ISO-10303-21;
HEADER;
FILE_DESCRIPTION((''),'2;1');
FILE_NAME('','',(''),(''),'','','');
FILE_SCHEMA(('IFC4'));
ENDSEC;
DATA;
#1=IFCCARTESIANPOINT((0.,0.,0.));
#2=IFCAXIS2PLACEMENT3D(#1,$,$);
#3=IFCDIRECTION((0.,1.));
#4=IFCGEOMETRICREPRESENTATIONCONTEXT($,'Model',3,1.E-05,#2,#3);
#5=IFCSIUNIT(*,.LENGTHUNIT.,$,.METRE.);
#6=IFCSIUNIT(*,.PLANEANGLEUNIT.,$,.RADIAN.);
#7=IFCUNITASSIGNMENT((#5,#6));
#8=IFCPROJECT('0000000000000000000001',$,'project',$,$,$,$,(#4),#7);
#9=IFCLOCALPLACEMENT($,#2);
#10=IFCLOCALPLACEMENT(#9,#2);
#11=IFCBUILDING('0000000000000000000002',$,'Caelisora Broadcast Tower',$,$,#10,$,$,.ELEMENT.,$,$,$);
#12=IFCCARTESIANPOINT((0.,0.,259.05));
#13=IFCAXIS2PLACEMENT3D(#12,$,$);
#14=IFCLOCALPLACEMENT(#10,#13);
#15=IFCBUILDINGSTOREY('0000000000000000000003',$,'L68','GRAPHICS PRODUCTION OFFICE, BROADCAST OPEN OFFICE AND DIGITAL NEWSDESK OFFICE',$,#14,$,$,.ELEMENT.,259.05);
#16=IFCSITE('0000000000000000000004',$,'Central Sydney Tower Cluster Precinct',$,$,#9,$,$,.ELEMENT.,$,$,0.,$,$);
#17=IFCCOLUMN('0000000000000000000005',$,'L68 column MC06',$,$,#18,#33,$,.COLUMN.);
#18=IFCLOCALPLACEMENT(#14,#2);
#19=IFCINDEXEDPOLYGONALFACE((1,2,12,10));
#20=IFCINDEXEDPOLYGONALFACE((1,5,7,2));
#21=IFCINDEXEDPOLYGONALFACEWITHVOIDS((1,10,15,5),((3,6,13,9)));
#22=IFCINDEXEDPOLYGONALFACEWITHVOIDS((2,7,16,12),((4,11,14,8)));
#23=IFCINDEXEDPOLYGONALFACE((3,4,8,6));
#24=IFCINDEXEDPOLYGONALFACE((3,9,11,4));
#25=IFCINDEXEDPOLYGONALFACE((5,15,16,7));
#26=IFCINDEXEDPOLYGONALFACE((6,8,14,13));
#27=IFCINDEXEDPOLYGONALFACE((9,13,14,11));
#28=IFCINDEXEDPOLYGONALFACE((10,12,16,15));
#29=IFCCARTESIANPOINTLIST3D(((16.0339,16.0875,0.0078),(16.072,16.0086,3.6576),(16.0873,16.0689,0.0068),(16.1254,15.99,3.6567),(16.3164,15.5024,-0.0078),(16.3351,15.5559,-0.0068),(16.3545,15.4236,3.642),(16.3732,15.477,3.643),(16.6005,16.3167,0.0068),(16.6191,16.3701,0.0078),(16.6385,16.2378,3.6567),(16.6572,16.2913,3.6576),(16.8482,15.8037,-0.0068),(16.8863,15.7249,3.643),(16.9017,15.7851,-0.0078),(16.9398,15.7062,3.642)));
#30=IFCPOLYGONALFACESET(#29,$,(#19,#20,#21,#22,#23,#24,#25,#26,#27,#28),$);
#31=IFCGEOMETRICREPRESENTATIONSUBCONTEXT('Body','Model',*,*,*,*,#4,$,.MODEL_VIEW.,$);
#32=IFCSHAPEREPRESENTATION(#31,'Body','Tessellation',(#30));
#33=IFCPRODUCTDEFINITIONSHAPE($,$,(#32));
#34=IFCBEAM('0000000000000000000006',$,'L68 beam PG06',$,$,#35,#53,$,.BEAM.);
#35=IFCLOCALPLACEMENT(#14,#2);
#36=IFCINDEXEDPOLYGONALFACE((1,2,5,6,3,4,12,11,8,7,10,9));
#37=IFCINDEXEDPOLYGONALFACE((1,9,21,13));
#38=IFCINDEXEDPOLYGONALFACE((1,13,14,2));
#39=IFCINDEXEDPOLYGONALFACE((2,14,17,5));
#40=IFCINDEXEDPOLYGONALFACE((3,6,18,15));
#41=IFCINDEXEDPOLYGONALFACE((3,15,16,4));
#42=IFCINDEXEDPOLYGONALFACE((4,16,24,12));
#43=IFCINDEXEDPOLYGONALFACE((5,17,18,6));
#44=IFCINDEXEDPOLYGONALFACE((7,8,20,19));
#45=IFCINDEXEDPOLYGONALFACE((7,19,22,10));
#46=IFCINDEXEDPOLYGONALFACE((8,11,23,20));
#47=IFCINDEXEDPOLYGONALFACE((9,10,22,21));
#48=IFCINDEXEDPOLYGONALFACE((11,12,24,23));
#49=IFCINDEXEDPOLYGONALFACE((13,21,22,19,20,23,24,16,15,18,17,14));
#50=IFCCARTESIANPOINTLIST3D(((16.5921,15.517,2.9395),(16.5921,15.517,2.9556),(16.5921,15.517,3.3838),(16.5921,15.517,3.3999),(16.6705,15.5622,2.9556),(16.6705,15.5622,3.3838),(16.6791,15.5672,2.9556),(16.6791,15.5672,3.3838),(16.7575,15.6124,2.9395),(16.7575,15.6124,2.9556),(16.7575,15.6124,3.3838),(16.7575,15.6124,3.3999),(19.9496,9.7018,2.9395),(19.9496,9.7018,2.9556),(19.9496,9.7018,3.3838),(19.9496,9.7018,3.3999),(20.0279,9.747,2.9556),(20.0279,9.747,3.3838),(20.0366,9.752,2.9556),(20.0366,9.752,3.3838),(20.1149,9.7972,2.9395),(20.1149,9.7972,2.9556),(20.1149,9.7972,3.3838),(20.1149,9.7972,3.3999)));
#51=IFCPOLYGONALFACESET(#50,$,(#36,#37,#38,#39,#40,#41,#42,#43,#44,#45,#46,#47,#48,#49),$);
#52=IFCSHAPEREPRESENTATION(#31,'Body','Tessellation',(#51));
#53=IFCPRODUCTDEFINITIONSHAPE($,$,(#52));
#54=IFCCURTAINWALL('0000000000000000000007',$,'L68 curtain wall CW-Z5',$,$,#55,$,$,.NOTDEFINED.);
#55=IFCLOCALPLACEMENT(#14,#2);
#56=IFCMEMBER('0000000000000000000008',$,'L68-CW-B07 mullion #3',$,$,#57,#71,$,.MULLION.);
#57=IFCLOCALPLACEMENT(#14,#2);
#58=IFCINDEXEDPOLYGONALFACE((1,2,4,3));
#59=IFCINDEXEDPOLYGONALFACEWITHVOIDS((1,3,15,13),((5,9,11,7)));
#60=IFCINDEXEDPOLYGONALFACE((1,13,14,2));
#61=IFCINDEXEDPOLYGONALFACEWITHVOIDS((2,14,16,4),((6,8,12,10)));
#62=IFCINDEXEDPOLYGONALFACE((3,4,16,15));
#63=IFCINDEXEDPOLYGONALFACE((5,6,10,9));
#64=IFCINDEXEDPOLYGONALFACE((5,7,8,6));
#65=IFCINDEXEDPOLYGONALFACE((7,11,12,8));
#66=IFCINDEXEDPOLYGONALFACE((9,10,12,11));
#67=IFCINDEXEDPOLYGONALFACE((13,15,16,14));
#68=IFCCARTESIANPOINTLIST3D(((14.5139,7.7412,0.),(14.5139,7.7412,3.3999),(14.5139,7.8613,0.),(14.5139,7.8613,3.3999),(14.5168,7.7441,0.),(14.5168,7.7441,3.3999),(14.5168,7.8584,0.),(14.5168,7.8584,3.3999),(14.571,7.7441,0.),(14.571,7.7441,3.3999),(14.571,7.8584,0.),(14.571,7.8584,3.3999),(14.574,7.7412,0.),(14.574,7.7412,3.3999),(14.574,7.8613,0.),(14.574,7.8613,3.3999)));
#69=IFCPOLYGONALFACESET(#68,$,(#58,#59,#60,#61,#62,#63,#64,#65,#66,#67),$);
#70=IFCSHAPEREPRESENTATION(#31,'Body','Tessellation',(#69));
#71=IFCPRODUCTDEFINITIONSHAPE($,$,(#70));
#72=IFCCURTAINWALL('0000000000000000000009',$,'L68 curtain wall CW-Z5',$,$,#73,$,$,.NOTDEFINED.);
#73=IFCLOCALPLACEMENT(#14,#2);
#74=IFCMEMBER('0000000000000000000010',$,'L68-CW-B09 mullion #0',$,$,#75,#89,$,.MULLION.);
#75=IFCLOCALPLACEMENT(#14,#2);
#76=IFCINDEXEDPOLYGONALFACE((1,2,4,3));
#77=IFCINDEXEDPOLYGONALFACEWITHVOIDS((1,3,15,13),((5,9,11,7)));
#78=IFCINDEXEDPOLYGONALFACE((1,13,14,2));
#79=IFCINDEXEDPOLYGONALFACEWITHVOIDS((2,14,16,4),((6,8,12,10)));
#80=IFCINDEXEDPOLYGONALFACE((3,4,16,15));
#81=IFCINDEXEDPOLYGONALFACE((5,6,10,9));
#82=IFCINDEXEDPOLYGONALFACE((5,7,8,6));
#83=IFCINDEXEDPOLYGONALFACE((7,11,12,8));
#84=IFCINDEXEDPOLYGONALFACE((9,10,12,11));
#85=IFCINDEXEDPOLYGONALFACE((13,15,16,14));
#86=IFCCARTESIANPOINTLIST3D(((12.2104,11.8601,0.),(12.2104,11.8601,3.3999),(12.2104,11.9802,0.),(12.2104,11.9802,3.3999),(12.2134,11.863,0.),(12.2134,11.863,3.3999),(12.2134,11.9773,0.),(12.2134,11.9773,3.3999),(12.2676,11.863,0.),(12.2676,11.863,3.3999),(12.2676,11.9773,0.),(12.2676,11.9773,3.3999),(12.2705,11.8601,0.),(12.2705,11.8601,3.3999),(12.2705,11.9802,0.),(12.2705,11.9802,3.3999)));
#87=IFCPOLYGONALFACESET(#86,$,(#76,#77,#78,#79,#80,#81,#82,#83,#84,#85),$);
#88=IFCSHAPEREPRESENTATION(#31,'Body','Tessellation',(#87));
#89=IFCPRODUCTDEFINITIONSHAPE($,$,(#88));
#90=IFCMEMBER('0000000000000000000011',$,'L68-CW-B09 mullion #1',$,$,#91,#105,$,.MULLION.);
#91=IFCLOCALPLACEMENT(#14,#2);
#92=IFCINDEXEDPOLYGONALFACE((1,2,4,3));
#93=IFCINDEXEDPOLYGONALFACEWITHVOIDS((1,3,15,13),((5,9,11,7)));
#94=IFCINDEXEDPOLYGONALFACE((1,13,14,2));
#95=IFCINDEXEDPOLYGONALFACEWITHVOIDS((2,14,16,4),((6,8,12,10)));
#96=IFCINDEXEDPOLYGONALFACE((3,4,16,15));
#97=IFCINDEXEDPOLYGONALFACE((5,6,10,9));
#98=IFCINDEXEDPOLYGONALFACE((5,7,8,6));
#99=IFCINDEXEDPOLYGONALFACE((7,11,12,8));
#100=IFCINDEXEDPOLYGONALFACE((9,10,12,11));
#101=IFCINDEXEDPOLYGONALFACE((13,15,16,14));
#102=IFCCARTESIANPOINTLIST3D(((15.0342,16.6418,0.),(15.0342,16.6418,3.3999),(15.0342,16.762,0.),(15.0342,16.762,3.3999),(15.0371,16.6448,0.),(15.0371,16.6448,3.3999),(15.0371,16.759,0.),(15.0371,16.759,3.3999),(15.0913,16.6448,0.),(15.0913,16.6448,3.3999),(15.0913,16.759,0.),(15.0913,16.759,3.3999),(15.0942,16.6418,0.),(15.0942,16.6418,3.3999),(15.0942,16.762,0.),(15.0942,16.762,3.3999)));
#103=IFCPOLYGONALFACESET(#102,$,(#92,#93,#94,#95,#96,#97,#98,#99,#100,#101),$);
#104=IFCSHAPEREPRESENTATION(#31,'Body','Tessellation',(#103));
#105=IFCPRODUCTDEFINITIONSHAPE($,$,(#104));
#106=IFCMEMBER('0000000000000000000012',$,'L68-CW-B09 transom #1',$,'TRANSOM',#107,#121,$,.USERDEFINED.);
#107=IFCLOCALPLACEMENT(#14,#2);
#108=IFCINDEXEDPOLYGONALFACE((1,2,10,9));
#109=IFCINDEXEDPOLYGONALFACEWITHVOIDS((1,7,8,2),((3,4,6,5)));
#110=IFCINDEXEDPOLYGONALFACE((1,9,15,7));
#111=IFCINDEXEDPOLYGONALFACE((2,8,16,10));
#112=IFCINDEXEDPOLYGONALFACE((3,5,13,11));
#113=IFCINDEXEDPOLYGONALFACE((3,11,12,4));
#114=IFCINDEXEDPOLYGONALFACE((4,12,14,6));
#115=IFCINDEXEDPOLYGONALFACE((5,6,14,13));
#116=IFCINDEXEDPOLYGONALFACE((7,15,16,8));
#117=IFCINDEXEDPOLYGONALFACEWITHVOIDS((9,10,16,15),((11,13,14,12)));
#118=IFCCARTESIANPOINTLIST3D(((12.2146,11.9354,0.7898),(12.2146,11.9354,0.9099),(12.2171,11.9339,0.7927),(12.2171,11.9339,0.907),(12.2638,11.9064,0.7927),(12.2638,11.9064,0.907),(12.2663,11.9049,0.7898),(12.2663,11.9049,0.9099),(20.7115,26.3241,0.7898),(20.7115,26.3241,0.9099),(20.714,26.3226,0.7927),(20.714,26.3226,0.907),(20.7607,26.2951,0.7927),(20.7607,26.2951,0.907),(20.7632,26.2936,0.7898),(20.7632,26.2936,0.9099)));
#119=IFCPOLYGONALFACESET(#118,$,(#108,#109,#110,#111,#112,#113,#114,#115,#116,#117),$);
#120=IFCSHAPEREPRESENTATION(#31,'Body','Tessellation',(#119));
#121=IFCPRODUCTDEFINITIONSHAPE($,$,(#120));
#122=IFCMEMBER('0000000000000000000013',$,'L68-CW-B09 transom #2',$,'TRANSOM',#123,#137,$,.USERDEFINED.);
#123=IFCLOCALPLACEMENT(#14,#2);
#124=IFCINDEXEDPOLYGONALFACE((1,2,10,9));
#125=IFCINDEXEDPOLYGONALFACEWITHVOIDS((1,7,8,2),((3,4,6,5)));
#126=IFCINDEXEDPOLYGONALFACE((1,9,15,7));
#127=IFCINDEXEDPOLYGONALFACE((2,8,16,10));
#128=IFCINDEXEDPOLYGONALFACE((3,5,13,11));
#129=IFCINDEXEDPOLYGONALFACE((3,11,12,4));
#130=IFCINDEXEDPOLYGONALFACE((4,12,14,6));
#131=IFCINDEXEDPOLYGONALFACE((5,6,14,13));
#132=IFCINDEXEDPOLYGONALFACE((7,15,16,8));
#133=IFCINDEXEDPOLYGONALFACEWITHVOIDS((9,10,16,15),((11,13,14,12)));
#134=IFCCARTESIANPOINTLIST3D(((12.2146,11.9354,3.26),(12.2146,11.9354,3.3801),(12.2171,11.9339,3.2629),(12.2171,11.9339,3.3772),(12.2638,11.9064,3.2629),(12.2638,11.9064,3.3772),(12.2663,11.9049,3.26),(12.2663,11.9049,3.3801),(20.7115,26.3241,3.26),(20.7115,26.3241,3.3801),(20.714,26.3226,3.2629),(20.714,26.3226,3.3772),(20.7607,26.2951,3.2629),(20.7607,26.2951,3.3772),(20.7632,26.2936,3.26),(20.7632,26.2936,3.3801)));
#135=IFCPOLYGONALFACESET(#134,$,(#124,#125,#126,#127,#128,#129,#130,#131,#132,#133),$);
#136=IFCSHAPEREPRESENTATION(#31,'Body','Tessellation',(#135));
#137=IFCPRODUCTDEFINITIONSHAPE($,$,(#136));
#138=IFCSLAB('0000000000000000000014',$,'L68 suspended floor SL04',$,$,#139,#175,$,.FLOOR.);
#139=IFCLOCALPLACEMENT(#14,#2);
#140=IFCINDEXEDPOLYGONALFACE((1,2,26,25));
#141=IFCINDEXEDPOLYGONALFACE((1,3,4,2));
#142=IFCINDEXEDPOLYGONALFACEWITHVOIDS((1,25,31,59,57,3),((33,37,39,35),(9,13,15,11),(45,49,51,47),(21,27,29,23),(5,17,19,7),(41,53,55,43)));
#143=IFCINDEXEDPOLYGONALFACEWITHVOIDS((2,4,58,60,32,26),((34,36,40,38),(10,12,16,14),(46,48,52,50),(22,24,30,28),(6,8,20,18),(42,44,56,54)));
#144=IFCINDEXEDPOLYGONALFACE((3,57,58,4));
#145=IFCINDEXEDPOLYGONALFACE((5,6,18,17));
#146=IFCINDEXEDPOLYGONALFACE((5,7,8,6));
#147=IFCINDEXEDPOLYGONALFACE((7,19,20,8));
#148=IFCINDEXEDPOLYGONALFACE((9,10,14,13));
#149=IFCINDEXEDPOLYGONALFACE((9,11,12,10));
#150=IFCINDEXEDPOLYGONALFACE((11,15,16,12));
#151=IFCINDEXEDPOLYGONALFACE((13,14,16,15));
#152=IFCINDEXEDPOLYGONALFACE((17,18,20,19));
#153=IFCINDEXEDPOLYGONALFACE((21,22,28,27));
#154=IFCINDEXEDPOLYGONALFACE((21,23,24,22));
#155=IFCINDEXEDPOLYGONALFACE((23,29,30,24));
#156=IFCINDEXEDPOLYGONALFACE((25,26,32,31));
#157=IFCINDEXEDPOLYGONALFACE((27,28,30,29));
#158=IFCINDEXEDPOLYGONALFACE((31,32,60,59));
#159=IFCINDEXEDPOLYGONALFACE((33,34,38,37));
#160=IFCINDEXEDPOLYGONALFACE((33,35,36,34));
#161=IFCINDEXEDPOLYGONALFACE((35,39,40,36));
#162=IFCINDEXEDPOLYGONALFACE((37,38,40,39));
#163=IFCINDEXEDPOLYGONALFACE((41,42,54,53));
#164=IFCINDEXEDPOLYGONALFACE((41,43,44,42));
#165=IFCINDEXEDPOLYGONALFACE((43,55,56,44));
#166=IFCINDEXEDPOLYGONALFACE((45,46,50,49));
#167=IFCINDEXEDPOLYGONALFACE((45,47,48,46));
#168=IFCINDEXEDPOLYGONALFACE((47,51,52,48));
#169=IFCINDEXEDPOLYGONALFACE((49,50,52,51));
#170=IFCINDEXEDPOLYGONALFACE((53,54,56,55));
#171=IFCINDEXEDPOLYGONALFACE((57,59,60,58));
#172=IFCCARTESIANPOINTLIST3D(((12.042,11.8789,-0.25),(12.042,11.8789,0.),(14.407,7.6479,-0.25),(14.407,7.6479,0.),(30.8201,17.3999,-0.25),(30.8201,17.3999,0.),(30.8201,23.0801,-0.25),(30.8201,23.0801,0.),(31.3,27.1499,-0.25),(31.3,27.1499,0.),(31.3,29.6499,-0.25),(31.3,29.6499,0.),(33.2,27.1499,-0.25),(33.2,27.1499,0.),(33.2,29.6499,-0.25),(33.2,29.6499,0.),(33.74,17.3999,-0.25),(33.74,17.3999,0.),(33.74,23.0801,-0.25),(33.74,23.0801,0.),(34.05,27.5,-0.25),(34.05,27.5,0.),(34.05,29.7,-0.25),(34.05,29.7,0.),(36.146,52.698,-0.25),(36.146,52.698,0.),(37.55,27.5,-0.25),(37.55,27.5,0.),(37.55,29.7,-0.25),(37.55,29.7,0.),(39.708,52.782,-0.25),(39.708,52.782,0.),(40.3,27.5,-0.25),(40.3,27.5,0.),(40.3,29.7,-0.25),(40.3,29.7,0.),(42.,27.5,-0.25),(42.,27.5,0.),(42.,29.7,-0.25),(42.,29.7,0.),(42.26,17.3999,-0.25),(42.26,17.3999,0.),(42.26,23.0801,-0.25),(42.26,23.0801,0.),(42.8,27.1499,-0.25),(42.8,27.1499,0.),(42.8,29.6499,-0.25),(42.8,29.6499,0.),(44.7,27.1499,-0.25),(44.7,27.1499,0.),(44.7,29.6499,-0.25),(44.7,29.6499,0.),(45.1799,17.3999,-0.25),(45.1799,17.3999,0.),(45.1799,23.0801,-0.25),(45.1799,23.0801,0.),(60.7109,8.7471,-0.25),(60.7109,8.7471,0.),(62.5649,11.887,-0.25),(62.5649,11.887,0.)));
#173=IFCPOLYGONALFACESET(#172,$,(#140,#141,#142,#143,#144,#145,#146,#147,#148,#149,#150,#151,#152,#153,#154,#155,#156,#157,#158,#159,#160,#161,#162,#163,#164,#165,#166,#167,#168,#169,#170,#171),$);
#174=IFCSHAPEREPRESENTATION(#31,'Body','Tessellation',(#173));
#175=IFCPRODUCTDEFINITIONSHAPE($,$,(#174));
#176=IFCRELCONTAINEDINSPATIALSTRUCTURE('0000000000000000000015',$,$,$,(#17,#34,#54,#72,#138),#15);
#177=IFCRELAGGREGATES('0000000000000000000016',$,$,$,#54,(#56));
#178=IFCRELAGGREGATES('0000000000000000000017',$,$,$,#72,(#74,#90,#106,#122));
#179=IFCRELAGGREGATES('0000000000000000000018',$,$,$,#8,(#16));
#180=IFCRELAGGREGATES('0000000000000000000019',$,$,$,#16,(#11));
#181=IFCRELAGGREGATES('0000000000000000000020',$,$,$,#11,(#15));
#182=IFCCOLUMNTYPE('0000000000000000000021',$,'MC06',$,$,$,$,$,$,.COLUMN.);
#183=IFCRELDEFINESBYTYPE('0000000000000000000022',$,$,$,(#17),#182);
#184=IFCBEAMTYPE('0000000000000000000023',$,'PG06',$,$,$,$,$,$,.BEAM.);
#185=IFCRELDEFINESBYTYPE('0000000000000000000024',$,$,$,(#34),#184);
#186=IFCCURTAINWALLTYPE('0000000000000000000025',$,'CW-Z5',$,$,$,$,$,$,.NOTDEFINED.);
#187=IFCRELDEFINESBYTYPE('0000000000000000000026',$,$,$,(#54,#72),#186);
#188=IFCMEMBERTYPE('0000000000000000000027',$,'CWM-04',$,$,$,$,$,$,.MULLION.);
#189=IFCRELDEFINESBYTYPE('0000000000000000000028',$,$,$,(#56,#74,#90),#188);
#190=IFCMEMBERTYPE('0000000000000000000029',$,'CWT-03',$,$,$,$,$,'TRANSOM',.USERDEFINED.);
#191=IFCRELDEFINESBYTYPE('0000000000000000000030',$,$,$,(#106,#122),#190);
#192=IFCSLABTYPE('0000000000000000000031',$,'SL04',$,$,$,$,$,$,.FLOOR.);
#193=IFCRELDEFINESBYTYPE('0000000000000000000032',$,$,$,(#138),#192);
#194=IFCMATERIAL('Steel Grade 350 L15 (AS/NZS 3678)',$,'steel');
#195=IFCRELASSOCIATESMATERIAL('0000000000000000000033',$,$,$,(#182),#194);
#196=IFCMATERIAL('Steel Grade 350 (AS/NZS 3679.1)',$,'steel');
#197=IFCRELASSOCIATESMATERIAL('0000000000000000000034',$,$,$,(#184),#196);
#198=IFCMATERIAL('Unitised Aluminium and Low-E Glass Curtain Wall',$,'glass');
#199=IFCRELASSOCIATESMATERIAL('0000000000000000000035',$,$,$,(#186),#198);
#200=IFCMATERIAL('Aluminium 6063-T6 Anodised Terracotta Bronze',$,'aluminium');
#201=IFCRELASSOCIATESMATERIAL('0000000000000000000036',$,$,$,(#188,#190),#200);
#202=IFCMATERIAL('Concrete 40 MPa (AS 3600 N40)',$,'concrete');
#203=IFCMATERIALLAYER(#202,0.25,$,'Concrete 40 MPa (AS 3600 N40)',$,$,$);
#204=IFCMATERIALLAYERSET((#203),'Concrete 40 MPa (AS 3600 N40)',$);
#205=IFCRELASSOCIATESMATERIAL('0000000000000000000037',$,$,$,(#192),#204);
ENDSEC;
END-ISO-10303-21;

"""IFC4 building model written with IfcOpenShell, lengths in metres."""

from ifc_helpers import new_model, si_unit, direction, frame, origin, origin_2d, place, context, subcontext, project, spatial, polyline, hollow_rectangle, i_section, outline, extrude, source, transform, mapped, material, layer, layer_set, material_profile, profile_set, type_object, type_shapes, element, aggregate, save


model = new_model("IFC4")

# Units and contexts
model_context = context("Model", 3, precision=1e-05, world=origin(), true_north=direction((0.0, 1.0)))
body_context = subcontext(model_context, "Body", "Model", "MODEL_VIEW")
ifc_project = project(units=[si_unit("LENGTHUNIT", "METRE"), si_unit("PLANEANGLEUNIT", "RADIAN")], contexts=[model_context])

# Site, building, storey
site_placement = place(None, origin())
site = spatial("IfcSite", under=ifc_project, at=site_placement, Name="Central Sydney Tower Cluster Precinct", CompositionType="ELEMENT", RefElevation=0.0)
building_placement = place(site_placement, origin())
building = spatial("IfcBuilding", under=site, at=building_placement, Name="Caelisora Broadcast Tower", CompositionType="ELEMENT")
storey_placement = place(building_placement, frame((0.0, 0.0, 259.05)))
storey = spatial("IfcBuildingStorey", under=building, at=storey_placement, Name="L68", Description="GRAPHICS PRODUCTION OFFICE, BROADCAST OPEN OFFICE AND DIGITAL NEWSDESK OFFICE", CompositionType="ELEMENT", Elevation=259.05)

# Column
ifc_material_1 = material(Name="Steel Grade 350 L15 (AS/NZS 3678)", Category="steel")
ifc_material_profile_1 = material_profile(ifc_material_1, hollow_rectangle(XDim=0.6499, YDim=0.6499, WallThickness=0.04, at=origin_2d()), Name="Steel Grade 350 L15 (AS/NZS 3678)")
ifc_profile_set_1 = profile_set([ifc_material_profile_1], Name="Steel Grade 350 L15 (AS/NZS 3678)")
column_type = type_object("IfcColumnType", Name="MC06", PredefinedType="COLUMN", material=ifc_profile_set_1)
shared_shape_1 = source(origin(), body_context, "Body", "SweptSolid", [
    extrude(hollow_rectangle(XDim=0.6499, YDim=0.6499, WallThickness=0.04, at=origin_2d()), origin(), (0.0, 0.0, 1.0), 3.6509),
])
type_shapes(column_type, [shared_shape_1])
column_placement = place(storey_placement, frame((16.4678, 15.9363, 0.0), z_axis=(0.010432, -0.021599, 0.999712), x_axis=(0.900476, 0.434905, 0.0)))
element("IfcColumn", 1, at=column_placement, inside=storey, type_object=column_type, Name="L68 column MC06", PredefinedType="COLUMN", context=body_context, shape_type="MappedRepresentation", body=[
    mapped(shared_shape_1, transform((0.0, 0.0, 0.0), scale=1.0)),
])

# Beam
ifc_material_2 = material(Name="Steel Grade 350 (AS/NZS 3679.1)", Category="steel")
ifc_material_profile_2 = material_profile(ifc_material_2, i_section(OverallWidth=0.1909, OverallDepth=0.4604, WebThickness=0.01, FlangeThickness=0.0161, at=origin_2d()), Name="Steel Grade 350 (AS/NZS 3679.1)")
ifc_profile_set_2 = profile_set([ifc_material_profile_2], Name="Steel Grade 350 (AS/NZS 3679.1)")
beam_type = type_object("IfcBeamType", Name="PG06", PredefinedType="BEAM", material=ifc_profile_set_2)
shared_shape_2 = source(origin(), body_context, "Body", "SweptSolid", [
    extrude(i_section(OverallWidth=0.1909, OverallDepth=0.4604, WebThickness=0.01, FlangeThickness=0.0161, at=origin_2d()), origin(), (0.0, 0.0, 1.0), 6.7148),
])
type_shapes(beam_type, [shared_shape_2])
beam_placement = place(storey_placement, frame((16.6748, 15.5647, 3.1697), z_axis=(0.500003, -0.866024, 0.0), x_axis=(0.866024, 0.500003, 0.0)))
element("IfcBeam", 2, at=beam_placement, inside=storey, type_object=beam_type, Name="L68 beam PG06", PredefinedType="BEAM", context=body_context, shape_type="MappedRepresentation", body=[
    mapped(shared_shape_2, transform((0.0, 0.0, 0.0), scale=1.0)),
])

# Curtain wall, member
ifc_material_3 = material(Name="Unitised Aluminium and Low-E Glass Curtain Wall", Category="glass")
curtain_wall_type = type_object("IfcCurtainWallType", Name="CW-Z5", PredefinedType="NOTDEFINED", material=ifc_material_3)
curtain_wall_1_placement = place(storey_placement, origin())
curtain_wall_1 = element("IfcCurtainWall", 3, at=curtain_wall_1_placement, inside=storey, type_object=curtain_wall_type, Name="L68 curtain wall CW-Z5", PredefinedType="NOTDEFINED")
ifc_material_4 = material(Name="Aluminium 6063-T6 Anodised Terracotta Bronze", Category="aluminium")
ifc_material_profile_3 = material_profile(ifc_material_4, hollow_rectangle(XDim=0.0601, YDim=0.1201, WallThickness=0.0029, at=origin_2d()), Name="Aluminium 6063-T6 Anodised Terracotta Bronze")
ifc_profile_set_3 = profile_set([ifc_material_profile_3], Name="Aluminium 6063-T6 Anodised Terracotta Bronze")
member_type_1 = type_object("IfcMemberType", Name="CWM-04", PredefinedType="MULLION", material=ifc_profile_set_3)
shared_shape_3 = source(origin(), body_context, "Body", "SweptSolid", [
    extrude(hollow_rectangle(XDim=0.0601, YDim=0.1201, WallThickness=0.0029, at=origin_2d()), origin(), (0.0, 0.0, 1.0), 3.3999),
])
type_shapes(member_type_1, [shared_shape_3])
member_1_placement = place(storey_placement, frame((14.5439, 7.8013, 0.0), z_axis=(0.0, 0.0, 1.0), x_axis=(1.0, 0.0, 0.0)))
member_1 = element("IfcMember", 4, at=member_1_placement, type_object=member_type_1, Name="L68-CW-B07 mullion #3", PredefinedType="MULLION", context=body_context, shape_type="MappedRepresentation", body=[
    mapped(shared_shape_3, transform((0.0, 0.0, 0.0), scale=1.0)),
])
aggregate(curtain_wall_1, [member_1])

# Curtain wall, members
curtain_wall_2_placement = place(storey_placement, origin())
curtain_wall_2 = element("IfcCurtainWall", 5, at=curtain_wall_2_placement, inside=storey, type_object=curtain_wall_type, Name="L68 curtain wall CW-Z5", PredefinedType="NOTDEFINED")
member_2_placement = place(storey_placement, frame((12.2405, 11.9202, 0.0), z_axis=(0.0, 0.0, 1.0), x_axis=(1.0, 0.0, 0.0)))
member_2 = element("IfcMember", 6, at=member_2_placement, type_object=member_type_1, Name="L68-CW-B09 mullion #0", PredefinedType="MULLION", context=body_context, shape_type="MappedRepresentation", body=[
    mapped(shared_shape_3, transform((0.0, 0.0, 0.0), scale=1.0)),
])
member_3_placement = place(storey_placement, frame((15.0642, 16.7019, 0.0), z_axis=(0.0, 0.0, 1.0), x_axis=(1.0, 0.0, 0.0)))
member_3 = element("IfcMember", 7, at=member_3_placement, type_object=member_type_1, Name="L68-CW-B09 mullion #1", PredefinedType="MULLION", context=body_context, shape_type="MappedRepresentation", body=[
    mapped(shared_shape_3, transform((0.0, 0.0, 0.0), scale=1.0)),
])
ifc_material_profile_4 = material_profile(ifc_material_4, hollow_rectangle(XDim=0.0601, YDim=0.1201, WallThickness=0.0029, at=origin_2d()), Name="Aluminium 6063-T6 Anodised Terracotta Bronze")
ifc_profile_set_4 = profile_set([ifc_material_profile_4], Name="Aluminium 6063-T6 Anodised Terracotta Bronze")
member_type_2 = type_object("IfcMemberType", Name="CWT-03", ElementType="TRANSOM", PredefinedType="USERDEFINED", material=ifc_profile_set_4)
shared_shape_4 = source(origin(), body_context, "Body", "SweptSolid", [
    extrude(hollow_rectangle(XDim=0.0601, YDim=0.1201, WallThickness=0.0029, at=origin_2d()), origin(), (0.0, 0.0, 1.0), 16.7102),
])
type_shapes(member_type_2, [shared_shape_4])
member_4_placement = place(storey_placement, frame((12.2405, 11.9202, 0.8499), z_axis=(0.508482, 0.861073, 0.0), x_axis=(-0.861073, 0.508482, 0.0)))
member_4 = element("IfcMember", 8, at=member_4_placement, type_object=member_type_2, Name="L68-CW-B09 transom #1", ObjectType="TRANSOM", PredefinedType="USERDEFINED", context=body_context, shape_type="MappedRepresentation", body=[
    mapped(shared_shape_4, transform((0.0, 0.0, 0.0), scale=1.0)),
])
member_5_placement = place(storey_placement, frame((12.2405, 11.9202, 3.3201), z_axis=(0.508482, 0.861073, 0.0), x_axis=(-0.861073, 0.508482, 0.0)))
member_5 = element("IfcMember", 9, at=member_5_placement, type_object=member_type_2, Name="L68-CW-B09 transom #2", ObjectType="TRANSOM", PredefinedType="USERDEFINED", context=body_context, shape_type="MappedRepresentation", body=[
    mapped(shared_shape_4, transform((0.0, 0.0, 0.0), scale=1.0)),
])

# Slab
ifc_material_5 = material(Name="Concrete 40 MPa (AS 3600 N40)", Category="concrete")
ifc_layer_1 = layer(ifc_material_5, 0.25, Name="Concrete 40 MPa (AS 3600 N40)")
ifc_layer_set_1 = layer_set([ifc_layer_1], Name="Concrete 40 MPa (AS 3600 N40)")
slab_type_1 = type_object("IfcSlabType", Name="SL04", PredefinedType="FLOOR", material=ifc_layer_set_1)
slab_1_placement = place(storey_placement, frame((0.0, 0.0, -0.25)))
element("IfcSlab", 10, at=slab_1_placement, inside=storey, type_object=slab_type_1, Name="L68 suspended floor SL04", PredefinedType="FLOOR", context=body_context, shape_type="SweptSolid", body=[
    extrude(outline(polyline([(39.708, 52.782), (36.146, 52.698), (12.042, 11.8789), (14.407, 7.6479), (60.7109, 8.7471), (62.5649, 11.887), (39.708, 52.782)]), holes=[polyline([(30.8201, 17.3999), (33.74, 17.3999), (33.74, 23.0801), (30.8201, 23.0801), (30.8201, 17.3999)]), polyline([(42.26, 17.3999), (45.1799, 17.3999), (45.1799, 23.0801), (42.26, 23.0801), (42.26, 17.3999)]), polyline([(42.8, 27.1499), (44.7, 27.1499), (44.7, 29.6499), (42.8, 29.6499), (42.8, 27.1499)]), polyline([(40.3, 27.5), (42.0, 27.5), (42.0, 29.7), (40.3, 29.7), (40.3, 27.5)]), polyline([(34.05, 27.5), (37.55, 27.5), (37.55, 29.7), (34.05, 29.7), (34.05, 27.5)]), polyline([(31.3, 27.1499), (33.2, 27.1499), (33.2, 29.6499), (31.3, 29.6499), (31.3, 27.1499)])]), origin(), (0.0, 0.0, 1.0), 0.25),
])

aggregate(curtain_wall_2, [member_2, member_3, member_4, member_5])

save(model, "model.ifc")
